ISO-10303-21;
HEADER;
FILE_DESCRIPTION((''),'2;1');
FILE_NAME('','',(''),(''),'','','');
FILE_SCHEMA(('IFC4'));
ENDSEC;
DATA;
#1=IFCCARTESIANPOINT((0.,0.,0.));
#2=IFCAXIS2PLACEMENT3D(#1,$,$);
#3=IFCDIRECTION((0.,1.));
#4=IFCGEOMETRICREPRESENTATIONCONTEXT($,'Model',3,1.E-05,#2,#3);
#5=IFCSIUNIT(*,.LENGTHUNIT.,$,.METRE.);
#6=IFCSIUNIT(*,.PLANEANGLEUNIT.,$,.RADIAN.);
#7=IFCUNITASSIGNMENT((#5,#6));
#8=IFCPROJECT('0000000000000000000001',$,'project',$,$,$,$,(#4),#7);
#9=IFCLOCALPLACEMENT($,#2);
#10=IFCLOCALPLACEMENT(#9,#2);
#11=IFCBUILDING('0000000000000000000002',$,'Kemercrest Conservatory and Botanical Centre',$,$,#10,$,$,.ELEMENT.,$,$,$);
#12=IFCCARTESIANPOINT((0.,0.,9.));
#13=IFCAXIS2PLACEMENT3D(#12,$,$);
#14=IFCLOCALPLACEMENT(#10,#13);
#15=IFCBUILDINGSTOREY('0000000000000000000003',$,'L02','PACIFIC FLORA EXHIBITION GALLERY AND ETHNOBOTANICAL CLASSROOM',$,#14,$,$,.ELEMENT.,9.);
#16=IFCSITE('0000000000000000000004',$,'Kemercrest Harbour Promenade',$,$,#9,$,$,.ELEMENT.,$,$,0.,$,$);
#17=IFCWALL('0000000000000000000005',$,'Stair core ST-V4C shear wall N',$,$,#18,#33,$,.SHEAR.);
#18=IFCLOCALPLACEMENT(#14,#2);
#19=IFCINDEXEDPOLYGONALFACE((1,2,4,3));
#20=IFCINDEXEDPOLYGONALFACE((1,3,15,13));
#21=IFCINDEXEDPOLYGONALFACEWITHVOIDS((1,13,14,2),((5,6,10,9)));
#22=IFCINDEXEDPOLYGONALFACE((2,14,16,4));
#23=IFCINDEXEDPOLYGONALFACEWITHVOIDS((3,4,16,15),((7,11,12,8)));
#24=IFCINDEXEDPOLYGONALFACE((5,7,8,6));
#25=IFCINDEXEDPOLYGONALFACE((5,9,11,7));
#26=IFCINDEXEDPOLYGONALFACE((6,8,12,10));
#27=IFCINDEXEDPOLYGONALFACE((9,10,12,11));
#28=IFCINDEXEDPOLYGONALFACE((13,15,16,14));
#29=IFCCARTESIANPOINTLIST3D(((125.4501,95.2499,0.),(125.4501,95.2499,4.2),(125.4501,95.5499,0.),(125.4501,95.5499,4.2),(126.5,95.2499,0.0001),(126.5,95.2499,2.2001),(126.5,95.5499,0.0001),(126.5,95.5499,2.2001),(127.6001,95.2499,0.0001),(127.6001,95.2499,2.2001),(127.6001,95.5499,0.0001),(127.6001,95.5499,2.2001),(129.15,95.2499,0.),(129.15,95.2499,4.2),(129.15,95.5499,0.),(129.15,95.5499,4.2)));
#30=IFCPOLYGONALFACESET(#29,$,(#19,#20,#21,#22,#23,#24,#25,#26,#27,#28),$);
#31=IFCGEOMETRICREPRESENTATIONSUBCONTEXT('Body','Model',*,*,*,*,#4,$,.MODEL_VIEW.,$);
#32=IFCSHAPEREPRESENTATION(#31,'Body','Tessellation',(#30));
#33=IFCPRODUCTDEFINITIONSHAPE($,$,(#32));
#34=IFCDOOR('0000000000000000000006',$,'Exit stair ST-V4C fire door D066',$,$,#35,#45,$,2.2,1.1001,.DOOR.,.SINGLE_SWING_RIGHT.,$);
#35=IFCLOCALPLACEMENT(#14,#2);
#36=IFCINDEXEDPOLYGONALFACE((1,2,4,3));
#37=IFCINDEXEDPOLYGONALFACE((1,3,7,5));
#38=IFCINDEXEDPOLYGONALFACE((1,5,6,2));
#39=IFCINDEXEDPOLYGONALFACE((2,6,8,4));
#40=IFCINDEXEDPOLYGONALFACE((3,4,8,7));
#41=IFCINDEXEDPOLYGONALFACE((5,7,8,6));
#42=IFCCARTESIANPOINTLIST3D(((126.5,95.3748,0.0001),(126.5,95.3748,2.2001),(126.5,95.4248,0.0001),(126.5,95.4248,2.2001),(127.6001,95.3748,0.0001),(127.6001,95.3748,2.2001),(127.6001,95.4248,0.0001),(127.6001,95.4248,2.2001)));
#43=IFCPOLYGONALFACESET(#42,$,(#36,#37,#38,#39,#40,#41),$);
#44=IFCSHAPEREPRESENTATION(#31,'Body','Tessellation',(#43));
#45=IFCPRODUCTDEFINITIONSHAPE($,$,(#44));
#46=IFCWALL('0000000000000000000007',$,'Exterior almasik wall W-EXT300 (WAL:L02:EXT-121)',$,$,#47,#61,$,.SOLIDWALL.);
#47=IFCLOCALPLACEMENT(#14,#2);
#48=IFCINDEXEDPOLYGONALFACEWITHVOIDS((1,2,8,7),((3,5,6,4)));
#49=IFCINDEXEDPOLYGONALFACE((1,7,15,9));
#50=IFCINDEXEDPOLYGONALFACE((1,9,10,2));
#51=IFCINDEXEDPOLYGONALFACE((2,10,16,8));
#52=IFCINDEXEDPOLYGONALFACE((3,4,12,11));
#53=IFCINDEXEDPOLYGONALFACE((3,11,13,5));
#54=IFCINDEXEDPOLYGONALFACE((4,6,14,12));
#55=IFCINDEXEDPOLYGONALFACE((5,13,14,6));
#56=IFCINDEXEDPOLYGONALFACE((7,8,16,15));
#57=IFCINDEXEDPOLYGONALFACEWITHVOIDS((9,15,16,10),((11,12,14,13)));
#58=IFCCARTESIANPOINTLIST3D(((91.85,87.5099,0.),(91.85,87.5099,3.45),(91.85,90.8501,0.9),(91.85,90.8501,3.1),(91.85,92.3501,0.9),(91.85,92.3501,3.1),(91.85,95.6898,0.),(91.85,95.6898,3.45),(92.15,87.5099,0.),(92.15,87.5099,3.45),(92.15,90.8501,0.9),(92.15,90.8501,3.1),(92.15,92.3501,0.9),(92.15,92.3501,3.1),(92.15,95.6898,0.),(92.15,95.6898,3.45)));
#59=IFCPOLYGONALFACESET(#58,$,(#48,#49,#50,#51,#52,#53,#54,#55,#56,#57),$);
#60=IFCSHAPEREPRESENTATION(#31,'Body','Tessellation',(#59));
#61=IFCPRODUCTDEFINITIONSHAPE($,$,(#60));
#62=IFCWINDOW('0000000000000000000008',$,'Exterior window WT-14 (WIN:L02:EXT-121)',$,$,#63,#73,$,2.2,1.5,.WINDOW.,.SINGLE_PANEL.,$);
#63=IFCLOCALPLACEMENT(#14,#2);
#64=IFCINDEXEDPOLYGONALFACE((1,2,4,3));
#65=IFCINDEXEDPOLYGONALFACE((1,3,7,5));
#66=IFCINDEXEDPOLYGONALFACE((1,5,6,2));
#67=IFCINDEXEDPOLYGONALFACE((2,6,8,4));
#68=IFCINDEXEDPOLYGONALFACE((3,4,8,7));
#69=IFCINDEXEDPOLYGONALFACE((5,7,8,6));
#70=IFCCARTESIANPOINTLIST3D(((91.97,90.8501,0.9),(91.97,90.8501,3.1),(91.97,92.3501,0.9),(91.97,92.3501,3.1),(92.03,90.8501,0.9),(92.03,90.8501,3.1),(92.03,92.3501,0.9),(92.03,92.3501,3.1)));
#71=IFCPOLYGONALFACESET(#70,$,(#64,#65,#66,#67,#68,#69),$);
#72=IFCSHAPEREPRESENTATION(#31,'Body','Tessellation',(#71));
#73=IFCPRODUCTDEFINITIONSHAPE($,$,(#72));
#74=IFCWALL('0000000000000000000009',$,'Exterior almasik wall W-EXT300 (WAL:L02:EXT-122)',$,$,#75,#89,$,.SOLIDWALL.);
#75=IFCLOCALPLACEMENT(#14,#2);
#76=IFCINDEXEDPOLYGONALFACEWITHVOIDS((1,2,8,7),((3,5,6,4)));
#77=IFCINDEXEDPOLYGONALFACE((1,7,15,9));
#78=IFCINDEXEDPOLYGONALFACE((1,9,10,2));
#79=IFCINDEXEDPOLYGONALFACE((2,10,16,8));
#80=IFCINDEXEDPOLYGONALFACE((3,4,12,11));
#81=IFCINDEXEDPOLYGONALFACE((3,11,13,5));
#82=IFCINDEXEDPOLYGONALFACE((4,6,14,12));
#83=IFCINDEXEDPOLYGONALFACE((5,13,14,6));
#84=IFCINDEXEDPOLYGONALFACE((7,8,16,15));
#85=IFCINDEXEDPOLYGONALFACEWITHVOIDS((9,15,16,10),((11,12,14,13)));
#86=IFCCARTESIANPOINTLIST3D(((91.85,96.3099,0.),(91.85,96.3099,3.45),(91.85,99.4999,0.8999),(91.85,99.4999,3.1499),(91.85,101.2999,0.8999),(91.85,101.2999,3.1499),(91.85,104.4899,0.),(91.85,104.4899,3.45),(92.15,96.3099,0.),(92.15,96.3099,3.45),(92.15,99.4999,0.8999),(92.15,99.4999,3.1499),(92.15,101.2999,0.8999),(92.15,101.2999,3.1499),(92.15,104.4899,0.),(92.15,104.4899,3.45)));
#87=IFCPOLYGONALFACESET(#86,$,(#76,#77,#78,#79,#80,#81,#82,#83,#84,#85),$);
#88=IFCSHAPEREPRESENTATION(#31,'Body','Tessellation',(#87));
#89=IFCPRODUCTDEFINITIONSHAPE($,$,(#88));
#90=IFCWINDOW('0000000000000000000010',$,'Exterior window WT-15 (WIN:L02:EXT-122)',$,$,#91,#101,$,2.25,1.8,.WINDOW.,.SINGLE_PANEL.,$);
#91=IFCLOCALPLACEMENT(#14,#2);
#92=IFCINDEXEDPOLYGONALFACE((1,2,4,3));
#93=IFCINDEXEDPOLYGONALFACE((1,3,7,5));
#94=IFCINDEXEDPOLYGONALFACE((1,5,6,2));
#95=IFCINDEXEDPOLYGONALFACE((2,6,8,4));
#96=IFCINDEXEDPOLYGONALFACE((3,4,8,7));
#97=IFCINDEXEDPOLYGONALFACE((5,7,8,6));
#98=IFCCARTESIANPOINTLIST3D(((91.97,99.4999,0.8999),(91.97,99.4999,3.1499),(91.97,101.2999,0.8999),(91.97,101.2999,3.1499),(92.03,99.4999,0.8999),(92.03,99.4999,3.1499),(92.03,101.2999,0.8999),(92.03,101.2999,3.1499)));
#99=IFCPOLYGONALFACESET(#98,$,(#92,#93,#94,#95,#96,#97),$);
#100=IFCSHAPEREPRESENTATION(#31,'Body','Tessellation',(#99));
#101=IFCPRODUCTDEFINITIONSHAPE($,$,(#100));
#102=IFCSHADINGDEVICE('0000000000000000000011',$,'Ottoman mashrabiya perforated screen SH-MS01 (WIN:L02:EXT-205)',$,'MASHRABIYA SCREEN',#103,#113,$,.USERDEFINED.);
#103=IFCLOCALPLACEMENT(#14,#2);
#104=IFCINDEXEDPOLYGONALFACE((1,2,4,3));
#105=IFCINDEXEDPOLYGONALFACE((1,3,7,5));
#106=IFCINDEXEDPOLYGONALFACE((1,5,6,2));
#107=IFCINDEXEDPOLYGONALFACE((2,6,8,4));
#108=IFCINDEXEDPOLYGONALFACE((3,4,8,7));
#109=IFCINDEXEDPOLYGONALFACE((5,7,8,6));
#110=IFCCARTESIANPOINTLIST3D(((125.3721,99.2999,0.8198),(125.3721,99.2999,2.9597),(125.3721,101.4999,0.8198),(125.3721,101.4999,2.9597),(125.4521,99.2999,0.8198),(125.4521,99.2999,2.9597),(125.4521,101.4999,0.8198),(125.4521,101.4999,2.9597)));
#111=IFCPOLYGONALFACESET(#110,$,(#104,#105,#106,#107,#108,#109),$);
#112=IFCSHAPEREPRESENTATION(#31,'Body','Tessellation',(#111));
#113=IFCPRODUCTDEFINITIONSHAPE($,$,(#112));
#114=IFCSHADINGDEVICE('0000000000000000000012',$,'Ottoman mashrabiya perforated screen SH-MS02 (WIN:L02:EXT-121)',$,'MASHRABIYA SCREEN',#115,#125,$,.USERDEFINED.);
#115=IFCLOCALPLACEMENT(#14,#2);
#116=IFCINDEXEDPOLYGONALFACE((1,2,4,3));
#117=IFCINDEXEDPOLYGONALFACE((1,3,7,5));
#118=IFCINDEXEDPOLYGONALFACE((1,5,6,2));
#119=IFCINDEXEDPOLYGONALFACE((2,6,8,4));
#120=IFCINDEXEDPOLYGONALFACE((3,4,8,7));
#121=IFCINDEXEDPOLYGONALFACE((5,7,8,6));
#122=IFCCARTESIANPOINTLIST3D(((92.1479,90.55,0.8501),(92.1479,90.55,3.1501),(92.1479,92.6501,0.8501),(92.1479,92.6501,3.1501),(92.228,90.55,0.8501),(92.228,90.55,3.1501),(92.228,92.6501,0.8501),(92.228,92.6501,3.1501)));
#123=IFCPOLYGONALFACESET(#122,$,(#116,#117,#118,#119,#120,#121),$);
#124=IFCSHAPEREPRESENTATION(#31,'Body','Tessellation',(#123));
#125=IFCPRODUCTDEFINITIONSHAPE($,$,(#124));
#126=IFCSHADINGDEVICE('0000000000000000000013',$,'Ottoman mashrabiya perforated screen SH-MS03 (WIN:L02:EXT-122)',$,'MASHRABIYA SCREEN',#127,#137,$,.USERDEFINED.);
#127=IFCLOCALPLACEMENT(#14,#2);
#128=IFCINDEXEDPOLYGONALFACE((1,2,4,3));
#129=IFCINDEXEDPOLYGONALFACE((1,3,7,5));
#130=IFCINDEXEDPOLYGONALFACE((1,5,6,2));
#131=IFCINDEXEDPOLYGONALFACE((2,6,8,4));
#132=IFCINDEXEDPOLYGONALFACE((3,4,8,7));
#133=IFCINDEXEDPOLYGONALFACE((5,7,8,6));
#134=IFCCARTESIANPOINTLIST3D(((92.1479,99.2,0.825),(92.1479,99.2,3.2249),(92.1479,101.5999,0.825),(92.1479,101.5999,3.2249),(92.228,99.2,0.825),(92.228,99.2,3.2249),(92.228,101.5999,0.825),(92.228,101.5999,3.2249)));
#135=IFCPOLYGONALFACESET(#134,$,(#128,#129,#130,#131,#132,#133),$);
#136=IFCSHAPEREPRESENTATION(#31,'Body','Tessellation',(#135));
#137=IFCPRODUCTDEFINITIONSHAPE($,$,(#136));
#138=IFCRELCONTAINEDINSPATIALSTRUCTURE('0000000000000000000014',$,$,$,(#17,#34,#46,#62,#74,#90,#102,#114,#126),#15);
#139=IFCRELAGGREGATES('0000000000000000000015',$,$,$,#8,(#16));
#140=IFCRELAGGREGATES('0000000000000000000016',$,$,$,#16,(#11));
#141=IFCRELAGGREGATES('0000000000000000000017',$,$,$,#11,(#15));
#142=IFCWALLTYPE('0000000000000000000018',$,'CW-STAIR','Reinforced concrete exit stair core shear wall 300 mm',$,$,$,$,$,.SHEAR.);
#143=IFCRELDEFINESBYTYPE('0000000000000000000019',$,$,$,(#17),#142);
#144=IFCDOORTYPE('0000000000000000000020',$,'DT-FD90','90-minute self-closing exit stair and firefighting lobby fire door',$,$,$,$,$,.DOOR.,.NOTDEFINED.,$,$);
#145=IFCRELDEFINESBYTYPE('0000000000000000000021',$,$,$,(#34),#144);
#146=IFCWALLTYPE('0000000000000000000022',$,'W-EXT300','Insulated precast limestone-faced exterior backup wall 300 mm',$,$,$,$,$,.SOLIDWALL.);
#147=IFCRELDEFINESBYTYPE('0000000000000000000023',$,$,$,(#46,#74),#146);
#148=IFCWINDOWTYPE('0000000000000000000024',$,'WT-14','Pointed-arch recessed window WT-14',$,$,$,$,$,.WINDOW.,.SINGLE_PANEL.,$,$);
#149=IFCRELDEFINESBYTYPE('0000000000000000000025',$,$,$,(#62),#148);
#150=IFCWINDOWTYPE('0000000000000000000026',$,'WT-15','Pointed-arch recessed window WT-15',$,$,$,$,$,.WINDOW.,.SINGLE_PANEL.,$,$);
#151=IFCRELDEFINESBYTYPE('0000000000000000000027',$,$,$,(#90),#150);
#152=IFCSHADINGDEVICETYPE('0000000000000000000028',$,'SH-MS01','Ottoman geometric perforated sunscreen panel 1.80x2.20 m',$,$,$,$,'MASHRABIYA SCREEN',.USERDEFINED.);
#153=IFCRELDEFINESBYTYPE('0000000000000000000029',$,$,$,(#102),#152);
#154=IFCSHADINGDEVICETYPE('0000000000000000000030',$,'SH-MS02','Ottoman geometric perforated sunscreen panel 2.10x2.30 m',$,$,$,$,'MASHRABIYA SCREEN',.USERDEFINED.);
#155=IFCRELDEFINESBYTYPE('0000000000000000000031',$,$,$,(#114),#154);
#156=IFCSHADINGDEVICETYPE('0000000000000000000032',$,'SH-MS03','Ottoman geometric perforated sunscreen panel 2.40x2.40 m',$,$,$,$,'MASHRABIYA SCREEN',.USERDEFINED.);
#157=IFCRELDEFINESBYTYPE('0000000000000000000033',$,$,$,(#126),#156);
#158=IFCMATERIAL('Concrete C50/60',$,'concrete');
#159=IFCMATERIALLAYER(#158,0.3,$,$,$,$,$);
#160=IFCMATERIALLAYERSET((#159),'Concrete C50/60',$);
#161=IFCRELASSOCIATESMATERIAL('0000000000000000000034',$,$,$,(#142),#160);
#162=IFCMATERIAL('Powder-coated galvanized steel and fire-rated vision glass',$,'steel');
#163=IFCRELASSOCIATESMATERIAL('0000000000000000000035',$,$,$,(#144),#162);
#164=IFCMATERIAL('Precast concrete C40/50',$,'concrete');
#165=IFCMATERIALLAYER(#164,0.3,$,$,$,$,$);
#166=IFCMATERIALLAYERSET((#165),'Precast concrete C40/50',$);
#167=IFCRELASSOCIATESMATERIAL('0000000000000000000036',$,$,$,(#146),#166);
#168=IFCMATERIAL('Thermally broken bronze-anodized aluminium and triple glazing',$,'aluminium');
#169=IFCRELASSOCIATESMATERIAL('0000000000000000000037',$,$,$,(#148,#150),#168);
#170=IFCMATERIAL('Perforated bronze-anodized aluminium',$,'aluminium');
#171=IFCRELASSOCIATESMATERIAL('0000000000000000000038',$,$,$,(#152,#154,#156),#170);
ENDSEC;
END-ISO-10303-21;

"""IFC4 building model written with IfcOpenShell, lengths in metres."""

from ifc_helpers import new_model, si_unit, direction, frame, frame_2d, origin, origin_2d, place, context, subcontext, project, spatial, rectangle, extrude, material, layer, layer_set, type_object, element, fill, save


model = new_model("IFC4")

# Units and contexts
model_context = context("Model", 3, precision=1e-05, world=origin(), true_north=direction((0.0, 1.0)))
body_context = subcontext(model_context, "Body", "Model", "MODEL_VIEW")
ifc_project = project(units=[si_unit("LENGTHUNIT", "METRE"), si_unit("PLANEANGLEUNIT", "RADIAN")], contexts=[model_context])

# Site, building, storey
site_placement = place(None, origin())
site = spatial("IfcSite", under=ifc_project, at=site_placement, Name="Kemercrest Harbour Promenade", CompositionType="ELEMENT", RefElevation=0.0)
building_placement = place(site_placement, origin())
building = spatial("IfcBuilding", under=site, at=building_placement, Name="Kemercrest Conservatory and Botanical Centre", CompositionType="ELEMENT")
storey_placement = place(building_placement, frame((0.0, 0.0, 9.0)))
storey = spatial("IfcBuildingStorey", under=building, at=storey_placement, Name="L02", Description="PACIFIC FLORA EXHIBITION GALLERY AND ETHNOBOTANICAL CLASSROOM", CompositionType="ELEMENT", Elevation=9.0)

# Shared definitions
ifc_material_1 = material(Name="Concrete C50/60", Category="concrete")

# Shared definitions
ifc_material_2 = material(Name="Precast concrete C40/50", Category="concrete")

# Wall, opening, door
ifc_layer_1 = layer(ifc_material_1, 0.3)
ifc_layer_set_1 = layer_set([ifc_layer_1], Name="Concrete C50/60")
wall_type_1 = type_object("IfcWallType", Name="CW-STAIR", Description="Reinforced concrete exit stair core shear wall 300 mm", PredefinedType="SHEAR", material=ifc_layer_set_1)
wall_1_placement = place(storey_placement, frame((125.45, 95.3999, 0.0), z_axis=(0.0, 0.0, 1.0), x_axis=(1.0, 0.0, 0.0)))
wall_1 = element("IfcWall", 1, at=wall_1_placement, inside=storey, type_object=wall_type_1, Name="Stair core ST-V4C shear wall N", PredefinedType="SHEAR", context=body_context, shape_type="SweptSolid", body=[
    extrude(rectangle(XDim=3.7, YDim=0.3, at=frame_2d((1.8501, 0.0))), origin(), (0.0, 0.0, 1.0), 4.2),
])
opening_1_placement = place(wall_1_placement, frame((1.05, 0.0, 0.0)))
opening_1 = element("IfcOpeningElement", 2, at=opening_1_placement, cuts=wall_1, PredefinedType="OPENING", context=body_context, shape_type="SweptSolid", body=[
    extrude(rectangle(XDim=1.1001, YDim=2.2, at=frame_2d((0.55, 1.1001))), frame((0.0, 0.1602, 0.0), z_axis=(0.0, -1.0, 0.0), x_axis=(1.0, 0.0, 0.0)), (0.0, 0.0, 1.0), 0.3201),
])
ifc_material_3 = material(Name="Powder-coated galvanized steel and fire-rated vision glass", Category="steel")
door_type = type_object("IfcDoorType", Name="DT-FD90", Description="90-minute self-closing exit stair and firefighting lobby fire door", OperationType="NOTDEFINED", PredefinedType="DOOR", material=ifc_material_3)
door_placement = place(opening_1_placement, origin())
door = element("IfcDoor", 3, at=door_placement, inside=storey, type_object=door_type, Name="Exit stair ST-V4C fire door D066", OperationType="SINGLE_SWING_RIGHT", OverallHeight=2.2, OverallWidth=1.1001, PredefinedType="DOOR", context=body_context, shape_type="SweptSolid", body=[
    extrude(rectangle(XDim=1.1001, YDim=2.2, at=frame_2d((0.55, 1.1001))), frame((0.0, 0.0249, 0.0), z_axis=(0.0, -1.0, 0.0), x_axis=(1.0, 0.0, 0.0)), (0.0, 0.0, 1.0), 0.05),
])
fill(opening_1, door)

# Walls, openings, windows
ifc_layer_2 = layer(ifc_material_2, 0.3)
ifc_layer_set_2 = layer_set([ifc_layer_2], Name="Precast concrete C40/50")
wall_type_2 = type_object("IfcWallType", Name="W-EXT300", Description="Insulated precast limestone-faced exterior backup wall 300 mm", PredefinedType="SOLIDWALL", material=ifc_layer_set_2)
wall_2_placement = place(storey_placement, frame((92.0, 87.51, 0.0), z_axis=(0.0, 0.0, 1.0), x_axis=(0.0, 1.0, 0.0)))
wall_2 = element("IfcWall", 4, at=wall_2_placement, inside=storey, type_object=wall_type_2, Name="Exterior almasik wall W-EXT300 (WAL:L02:EXT-121)", PredefinedType="SOLIDWALL", context=body_context, shape_type="SweptSolid", body=[
    extrude(rectangle(XDim=8.1799, YDim=0.3, at=frame_2d((4.0898, 0.0))), origin(), (0.0, 0.0, 1.0), 3.45),
])
opening_2_placement = place(wall_2_placement, frame((3.3401, 0.0, 0.8999)))
opening_2 = element("IfcOpeningElement", 5, at=opening_2_placement, cuts=wall_2, PredefinedType="OPENING", context=body_context, shape_type="SweptSolid", body=[
    extrude(rectangle(XDim=1.5, YDim=2.2, at=frame_2d((0.75, 1.1001))), frame((0.0, 0.1602, 0.0), z_axis=(0.0, -1.0, 0.0), x_axis=(1.0, 0.0, 0.0)), (0.0, 0.0, 1.0), 0.3201),
])
ifc_material_4 = material(Name="Thermally broken bronze-anodized aluminium and triple glazing", Category="aluminium")
window_type_1 = type_object("IfcWindowType", Name="WT-14", Description="Pointed-arch recessed window WT-14", PartitioningType="SINGLE_PANEL", PredefinedType="WINDOW", material=ifc_material_4)
window_1_placement = place(opening_2_placement, origin())
window_1 = element("IfcWindow", 6, at=window_1_placement, inside=storey, type_object=window_type_1, Name="Exterior window WT-14 (WIN:L02:EXT-121)", OverallHeight=2.2, OverallWidth=1.5, PartitioningType="SINGLE_PANEL", PredefinedType="WINDOW", context=body_context, shape_type="SweptSolid", body=[
    extrude(rectangle(XDim=1.5, YDim=2.2, at=frame_2d((0.75, 1.1001))), frame((0.0, 0.03, 0.0), z_axis=(0.0, -1.0, 0.0), x_axis=(1.0, 0.0, 0.0)), (0.0, 0.0, 1.0), 0.0601),
])
fill(opening_2, window_1)
wall_3_placement = place(storey_placement, frame((92.0, 96.3101, 0.0), z_axis=(0.0, 0.0, 1.0), x_axis=(0.0, 1.0, 0.0)))
wall_3 = element("IfcWall", 7, at=wall_3_placement, inside=storey, type_object=wall_type_2, Name="Exterior almasik wall W-EXT300 (WAL:L02:EXT-122)", PredefinedType="SOLIDWALL", context=body_context, shape_type="SweptSolid", body=[
    extrude(rectangle(XDim=8.1799, YDim=0.3, at=frame_2d((4.0898, 0.0))), origin(), (0.0, 0.0, 1.0), 3.45),
])
opening_3_placement = place(wall_3_placement, frame((3.1899, 0.0, 0.8999)))
opening_3 = element("IfcOpeningElement", 8, at=opening_3_placement, cuts=wall_3, PredefinedType="OPENING", context=body_context, shape_type="SweptSolid", body=[
    extrude(rectangle(XDim=1.8, YDim=2.25, at=frame_2d((0.8999, 1.125))), frame((0.0, 0.1602, 0.0), z_axis=(0.0, -1.0, 0.0), x_axis=(1.0, 0.0, 0.0)), (0.0, 0.0, 1.0), 0.3201),
])
window_type_2 = type_object("IfcWindowType", Name="WT-15", Description="Pointed-arch recessed window WT-15", PartitioningType="SINGLE_PANEL", PredefinedType="WINDOW", material=ifc_material_4)
window_2_placement = place(opening_3_placement, origin())
window_2 = element("IfcWindow", 9, at=window_2_placement, inside=storey, type_object=window_type_2, Name="Exterior window WT-15 (WIN:L02:EXT-122)", OverallHeight=2.25, OverallWidth=1.8, PartitioningType="SINGLE_PANEL", PredefinedType="WINDOW", context=body_context, shape_type="SweptSolid", body=[
    extrude(rectangle(XDim=1.8, YDim=2.25, at=frame_2d((0.8999, 1.125))), frame((0.0, 0.03, 0.0), z_axis=(0.0, -1.0, 0.0), x_axis=(1.0, 0.0, 0.0)), (0.0, 0.0, 1.0), 0.0601),
])
fill(opening_3, window_2)

# Shading devices
ifc_material_5 = material(Name="Perforated bronze-anodized aluminium", Category="aluminium")
shading_device_type_1 = type_object("IfcShadingDeviceType", Name="SH-MS01", Description="Ottoman geometric perforated sunscreen panel 1.80x2.20 m", ElementType="MASHRABIYA SCREEN", PredefinedType="USERDEFINED", material=ifc_material_5)
shading_device_1_placement = place(storey_placement, frame((125.4121, 100.3999, 0.8198), z_axis=(0.0, 0.0, 1.0), x_axis=(0.0, -1.0, 0.0)))
element("IfcShadingDevice", 10, at=shading_device_1_placement, inside=storey, type_object=shading_device_type_1, Name="Ottoman mashrabiya perforated screen SH-MS01 (WIN:L02:EXT-205)", ObjectType="MASHRABIYA SCREEN", PredefinedType="USERDEFINED", context=body_context, shape_type="SweptSolid", body=[
    extrude(rectangle(XDim=2.2, YDim=0.0801, at=origin_2d()), origin(), (0.0, 0.0, 1.0), 2.1399),
])
shading_device_type_2 = type_object("IfcShadingDeviceType", Name="SH-MS02", Description="Ottoman geometric perforated sunscreen panel 2.10x2.30 m", ElementType="MASHRABIYA SCREEN", PredefinedType="USERDEFINED", material=ifc_material_5)
shading_device_2_placement = place(storey_placement, frame((92.188, 91.6001, 0.8501), z_axis=(0.0, 0.0, 1.0), x_axis=(0.0, 1.0, 0.0)))
element("IfcShadingDevice", 11, at=shading_device_2_placement, inside=storey, type_object=shading_device_type_2, Name="Ottoman mashrabiya perforated screen SH-MS02 (WIN:L02:EXT-121)", ObjectType="MASHRABIYA SCREEN", PredefinedType="USERDEFINED", context=body_context, shape_type="SweptSolid", body=[
    extrude(rectangle(XDim=2.1001, YDim=0.0801, at=origin_2d()), origin(), (0.0, 0.0, 1.0), 2.3),
])
shading_device_type_3 = type_object("IfcShadingDeviceType", Name="SH-MS03", Description="Ottoman geometric perforated sunscreen panel 2.40x2.40 m", ElementType="MASHRABIYA SCREEN", PredefinedType="USERDEFINED", material=ifc_material_5)
shading_device_3_placement = place(storey_placement, frame((92.188, 100.3999, 0.825), z_axis=(0.0, 0.0, 1.0), x_axis=(0.0, 1.0, 0.0)))
element("IfcShadingDevice", 12, at=shading_device_3_placement, inside=storey, type_object=shading_device_type_3, Name="Ottoman mashrabiya perforated screen SH-MS03 (WIN:L02:EXT-122)", ObjectType="MASHRABIYA SCREEN", PredefinedType="USERDEFINED", context=body_context, shape_type="SweptSolid", body=[
    extrude(rectangle(XDim=2.3999, YDim=0.0801, at=origin_2d()), origin(), (0.0, 0.0, 1.0), 2.3999),
])

save(model, "model.ifc")
